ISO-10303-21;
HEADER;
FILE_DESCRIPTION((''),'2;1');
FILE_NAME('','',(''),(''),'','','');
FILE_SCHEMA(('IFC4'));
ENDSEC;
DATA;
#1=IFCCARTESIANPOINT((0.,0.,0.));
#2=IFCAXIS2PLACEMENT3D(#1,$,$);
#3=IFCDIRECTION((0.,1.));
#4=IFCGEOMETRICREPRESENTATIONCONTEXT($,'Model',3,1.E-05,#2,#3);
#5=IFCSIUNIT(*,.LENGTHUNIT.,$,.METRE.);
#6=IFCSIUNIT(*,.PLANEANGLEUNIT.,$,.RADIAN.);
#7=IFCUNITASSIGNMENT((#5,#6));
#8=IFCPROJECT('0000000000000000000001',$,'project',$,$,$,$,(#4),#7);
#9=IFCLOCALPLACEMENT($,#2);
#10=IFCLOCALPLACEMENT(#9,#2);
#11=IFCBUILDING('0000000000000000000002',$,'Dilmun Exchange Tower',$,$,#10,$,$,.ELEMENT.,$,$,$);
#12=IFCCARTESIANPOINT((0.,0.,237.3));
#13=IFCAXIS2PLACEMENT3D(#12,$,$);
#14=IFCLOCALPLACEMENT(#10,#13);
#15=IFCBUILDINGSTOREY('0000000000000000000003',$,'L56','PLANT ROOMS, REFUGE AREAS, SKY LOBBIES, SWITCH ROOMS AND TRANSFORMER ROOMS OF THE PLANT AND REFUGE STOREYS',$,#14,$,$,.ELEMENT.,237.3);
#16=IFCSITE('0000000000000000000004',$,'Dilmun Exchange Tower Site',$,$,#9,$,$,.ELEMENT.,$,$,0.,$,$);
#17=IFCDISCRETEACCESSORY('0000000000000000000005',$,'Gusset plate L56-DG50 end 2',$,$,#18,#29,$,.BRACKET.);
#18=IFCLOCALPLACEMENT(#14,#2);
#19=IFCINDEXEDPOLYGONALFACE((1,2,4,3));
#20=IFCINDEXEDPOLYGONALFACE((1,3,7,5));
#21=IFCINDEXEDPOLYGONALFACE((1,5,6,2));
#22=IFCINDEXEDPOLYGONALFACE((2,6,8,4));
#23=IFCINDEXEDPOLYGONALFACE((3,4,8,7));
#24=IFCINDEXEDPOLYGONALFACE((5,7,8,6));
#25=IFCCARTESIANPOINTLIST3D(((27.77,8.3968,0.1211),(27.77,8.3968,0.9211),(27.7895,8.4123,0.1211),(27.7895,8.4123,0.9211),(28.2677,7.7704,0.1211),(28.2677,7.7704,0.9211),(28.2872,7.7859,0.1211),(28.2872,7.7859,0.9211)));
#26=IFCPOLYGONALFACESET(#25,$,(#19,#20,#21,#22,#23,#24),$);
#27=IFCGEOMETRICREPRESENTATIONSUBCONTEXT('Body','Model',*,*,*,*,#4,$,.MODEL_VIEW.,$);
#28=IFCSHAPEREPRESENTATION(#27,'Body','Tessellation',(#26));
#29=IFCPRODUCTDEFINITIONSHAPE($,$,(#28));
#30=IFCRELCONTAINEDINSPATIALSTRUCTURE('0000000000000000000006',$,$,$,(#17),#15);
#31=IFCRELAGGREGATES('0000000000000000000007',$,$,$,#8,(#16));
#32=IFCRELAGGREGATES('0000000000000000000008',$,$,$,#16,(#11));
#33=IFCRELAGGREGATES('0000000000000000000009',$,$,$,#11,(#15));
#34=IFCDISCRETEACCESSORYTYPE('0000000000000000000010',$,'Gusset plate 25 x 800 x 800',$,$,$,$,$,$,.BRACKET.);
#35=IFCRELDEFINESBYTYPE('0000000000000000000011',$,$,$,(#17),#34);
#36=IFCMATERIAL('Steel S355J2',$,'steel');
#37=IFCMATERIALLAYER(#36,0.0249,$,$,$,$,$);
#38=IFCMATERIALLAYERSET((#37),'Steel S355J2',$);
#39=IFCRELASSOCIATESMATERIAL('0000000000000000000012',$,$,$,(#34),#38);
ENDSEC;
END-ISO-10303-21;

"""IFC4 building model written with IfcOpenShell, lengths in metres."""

from ifc_helpers import new_model, si_unit, direction, frame, origin, origin_2d, place, context, subcontext, project, spatial, rectangle, extrude, material, layer, layer_set, type_object, element, save


model = new_model("IFC4")

# Units and contexts
model_context = context("Model", 3, precision=1e-05, world=origin(), true_north=direction((0.0, 1.0)))
body_context = subcontext(model_context, "Body", "Model", "MODEL_VIEW")
ifc_project = project(units=[si_unit("LENGTHUNIT", "METRE"), si_unit("PLANEANGLEUNIT", "RADIAN")], contexts=[model_context])

# Site, building, storey
site_placement = place(None, origin())
site = spatial("IfcSite", under=ifc_project, at=site_placement, Name="Dilmun Exchange Tower Site", CompositionType="ELEMENT", RefElevation=0.0)
building_placement = place(site_placement, origin())
building = spatial("IfcBuilding", under=site, at=building_placement, Name="Dilmun Exchange Tower", CompositionType="ELEMENT")
storey_placement = place(building_placement, frame((0.0, 0.0, 237.3)))
storey = spatial("IfcBuildingStorey", under=building, at=storey_placement, Name="L56", Description="PLANT ROOMS, REFUGE AREAS, SKY LOBBIES, SWITCH ROOMS AND TRANSFORMER ROOMS OF THE PLANT AND REFUGE STOREYS", CompositionType="ELEMENT", Elevation=237.3)

# Discrete accessory
ifc_material_1 = material(Name="Steel S355J2", Category="steel")
ifc_layer_1 = layer(ifc_material_1, 0.0249)
ifc_layer_set_1 = layer_set([ifc_layer_1], Name="Steel S355J2")
discrete_accessory_type = type_object("IfcDiscreteAccessoryType", Name="Gusset plate 25 x 800 x 800", PredefinedType="BRACKET", material=ifc_layer_set_1)
for number, where, z_axis, x_axis, name in (
    (1, (28.0286, 8.0913, 0.1211), (0.0, 0.0, 1.0), (0.622087, -0.782948, 0.0), "Gusset plate L56-DG50 end 2"),
):
    element("IfcDiscreteAccessory", number, at=place(storey_placement, frame(where, z_axis=z_axis, x_axis=x_axis)), inside=storey, type_object=discrete_accessory_type, Name=name, PredefinedType="BRACKET", context=body_context, shape_type="SweptSolid", body=[
        extrude(rectangle(XDim=0.8, YDim=0.0249, at=origin_2d()), origin(), (0.0, 0.0, 1.0), 0.8),
    ])

save(model, "model.ifc")
